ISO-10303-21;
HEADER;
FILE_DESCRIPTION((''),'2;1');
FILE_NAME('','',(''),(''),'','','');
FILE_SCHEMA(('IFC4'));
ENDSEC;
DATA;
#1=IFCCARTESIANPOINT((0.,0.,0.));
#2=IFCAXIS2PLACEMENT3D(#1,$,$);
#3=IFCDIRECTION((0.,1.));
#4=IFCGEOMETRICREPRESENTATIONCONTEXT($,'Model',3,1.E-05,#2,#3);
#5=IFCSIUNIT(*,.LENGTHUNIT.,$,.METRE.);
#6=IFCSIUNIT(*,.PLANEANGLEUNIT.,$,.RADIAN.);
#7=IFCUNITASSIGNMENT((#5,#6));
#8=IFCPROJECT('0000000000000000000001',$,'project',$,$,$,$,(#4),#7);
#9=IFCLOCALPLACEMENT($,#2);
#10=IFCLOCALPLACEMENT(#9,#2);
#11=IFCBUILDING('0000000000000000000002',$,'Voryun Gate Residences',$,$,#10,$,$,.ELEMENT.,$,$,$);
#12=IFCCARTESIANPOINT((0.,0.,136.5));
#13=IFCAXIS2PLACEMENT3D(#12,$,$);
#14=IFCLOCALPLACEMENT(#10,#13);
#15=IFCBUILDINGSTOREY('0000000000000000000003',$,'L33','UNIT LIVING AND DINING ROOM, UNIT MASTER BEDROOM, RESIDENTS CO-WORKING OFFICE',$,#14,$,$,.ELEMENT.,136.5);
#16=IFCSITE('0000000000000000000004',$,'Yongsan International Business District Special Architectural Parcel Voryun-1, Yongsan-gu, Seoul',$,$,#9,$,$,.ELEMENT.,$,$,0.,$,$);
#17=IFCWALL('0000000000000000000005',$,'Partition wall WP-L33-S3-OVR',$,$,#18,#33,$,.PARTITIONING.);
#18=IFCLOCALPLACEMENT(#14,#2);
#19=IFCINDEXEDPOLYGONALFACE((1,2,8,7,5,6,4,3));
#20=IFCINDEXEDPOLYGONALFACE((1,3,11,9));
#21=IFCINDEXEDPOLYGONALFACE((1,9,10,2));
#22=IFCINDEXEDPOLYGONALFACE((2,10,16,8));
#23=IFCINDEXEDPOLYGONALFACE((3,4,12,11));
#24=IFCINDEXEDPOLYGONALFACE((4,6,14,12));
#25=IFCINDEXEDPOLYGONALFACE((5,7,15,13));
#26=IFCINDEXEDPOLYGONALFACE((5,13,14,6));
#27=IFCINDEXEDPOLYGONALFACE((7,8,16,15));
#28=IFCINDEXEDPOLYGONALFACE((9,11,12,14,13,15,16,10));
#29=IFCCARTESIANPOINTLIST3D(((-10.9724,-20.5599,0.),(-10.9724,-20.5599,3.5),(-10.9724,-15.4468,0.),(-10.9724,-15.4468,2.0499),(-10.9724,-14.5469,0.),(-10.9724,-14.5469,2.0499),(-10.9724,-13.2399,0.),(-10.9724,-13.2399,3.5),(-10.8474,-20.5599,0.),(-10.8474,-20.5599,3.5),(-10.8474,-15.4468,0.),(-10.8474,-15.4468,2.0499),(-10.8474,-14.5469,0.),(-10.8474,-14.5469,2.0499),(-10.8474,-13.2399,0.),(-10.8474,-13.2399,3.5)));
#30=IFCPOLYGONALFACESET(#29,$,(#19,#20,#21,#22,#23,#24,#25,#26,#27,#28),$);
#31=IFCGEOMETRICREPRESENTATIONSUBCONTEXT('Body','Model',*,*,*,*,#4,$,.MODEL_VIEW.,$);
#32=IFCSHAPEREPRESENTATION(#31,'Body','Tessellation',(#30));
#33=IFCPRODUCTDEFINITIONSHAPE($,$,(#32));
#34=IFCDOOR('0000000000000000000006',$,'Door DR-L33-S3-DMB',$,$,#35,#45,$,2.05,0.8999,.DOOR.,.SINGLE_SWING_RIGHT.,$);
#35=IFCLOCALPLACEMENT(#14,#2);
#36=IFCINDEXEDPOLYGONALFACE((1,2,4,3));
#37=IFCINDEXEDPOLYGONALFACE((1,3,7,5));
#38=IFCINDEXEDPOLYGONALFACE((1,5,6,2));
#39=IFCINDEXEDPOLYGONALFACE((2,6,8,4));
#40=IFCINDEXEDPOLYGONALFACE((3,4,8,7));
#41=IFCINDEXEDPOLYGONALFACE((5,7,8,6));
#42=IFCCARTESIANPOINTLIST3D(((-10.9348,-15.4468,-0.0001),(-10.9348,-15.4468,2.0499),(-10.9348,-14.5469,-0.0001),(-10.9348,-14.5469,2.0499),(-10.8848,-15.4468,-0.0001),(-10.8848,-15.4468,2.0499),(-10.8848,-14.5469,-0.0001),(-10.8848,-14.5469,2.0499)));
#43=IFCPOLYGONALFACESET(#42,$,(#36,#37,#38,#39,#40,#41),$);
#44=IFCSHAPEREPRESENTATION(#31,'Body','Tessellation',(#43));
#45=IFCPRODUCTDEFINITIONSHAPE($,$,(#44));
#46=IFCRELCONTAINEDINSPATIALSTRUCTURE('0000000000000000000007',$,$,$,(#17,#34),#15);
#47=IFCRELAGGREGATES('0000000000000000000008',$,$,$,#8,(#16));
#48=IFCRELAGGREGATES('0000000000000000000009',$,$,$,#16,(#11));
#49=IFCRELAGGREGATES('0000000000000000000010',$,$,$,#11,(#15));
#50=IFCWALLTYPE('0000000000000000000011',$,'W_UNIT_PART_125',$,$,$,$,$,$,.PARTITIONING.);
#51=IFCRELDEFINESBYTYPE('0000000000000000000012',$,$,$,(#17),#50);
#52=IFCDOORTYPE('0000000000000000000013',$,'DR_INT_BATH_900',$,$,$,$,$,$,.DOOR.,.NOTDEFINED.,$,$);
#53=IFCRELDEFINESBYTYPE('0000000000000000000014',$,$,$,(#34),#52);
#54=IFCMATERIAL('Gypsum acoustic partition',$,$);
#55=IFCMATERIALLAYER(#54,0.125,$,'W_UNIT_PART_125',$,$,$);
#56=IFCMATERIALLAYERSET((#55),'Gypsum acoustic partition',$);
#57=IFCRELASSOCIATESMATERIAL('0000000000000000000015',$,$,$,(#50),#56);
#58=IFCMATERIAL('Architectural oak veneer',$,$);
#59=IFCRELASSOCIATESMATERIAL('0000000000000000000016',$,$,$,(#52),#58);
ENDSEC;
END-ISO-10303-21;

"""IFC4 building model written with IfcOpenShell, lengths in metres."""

from ifc_helpers import new_model, si_unit, direction, frame, frame_2d, origin, place, context, subcontext, project, spatial, rectangle, extrude, material, layer, layer_set, type_object, element, fill, save


model = new_model("IFC4")

# Units and contexts
model_context = context("Model", 3, precision=1e-05, world=origin(), true_north=direction((0.0, 1.0)))
body_context = subcontext(model_context, "Body", "Model", "MODEL_VIEW")
ifc_project = project(units=[si_unit("LENGTHUNIT", "METRE"), si_unit("PLANEANGLEUNIT", "RADIAN")], contexts=[model_context])

# Site, building, storey
site_placement = place(None, origin())
site = spatial("IfcSite", under=ifc_project, at=site_placement, Name="Yongsan International Business District Special Architectural Parcel Voryun-1, Yongsan-gu, Seoul", CompositionType="ELEMENT", RefElevation=0.0)
building_placement = place(site_placement, origin())
building = spatial("IfcBuilding", under=site, at=building_placement, Name="Voryun Gate Residences", CompositionType="ELEMENT")
storey_placement = place(building_placement, frame((0.0, 0.0, 136.5)))
storey = spatial("IfcBuildingStorey", under=building, at=storey_placement, Name="L33", Description="UNIT LIVING AND DINING ROOM, UNIT MASTER BEDROOM, RESIDENTS CO-WORKING OFFICE", CompositionType="ELEMENT", Elevation=136.5)

# Wall, opening, door
ifc_material_1 = material(Name="Gypsum acoustic partition")
ifc_layer_1 = layer(ifc_material_1, 0.125, Name="W_UNIT_PART_125")
ifc_layer_set_1 = layer_set([ifc_layer_1], Name="Gypsum acoustic partition")
wall_type_1 = type_object("IfcWallType", Name="W_UNIT_PART_125", PredefinedType="PARTITIONING", material=ifc_layer_set_1)
wall_1_placement = place(storey_placement, frame((-10.9099, -20.5601, 0.0), z_axis=(0.0, 0.0, 1.0), x_axis=(0.0, 1.0, 0.0)))
wall_1 = element("IfcWall", 1, at=wall_1_placement, inside=storey, type_object=wall_type_1, Name="Partition wall WP-L33-S3-OVR", PredefinedType="PARTITIONING", context=body_context, shape_type="SweptSolid", body=[
    extrude(rectangle(XDim=7.3201, YDim=0.125, at=frame_2d((3.6602, 0.0))), origin(), (0.0, 0.0, 1.0), 3.5),
])
opening_placement = place(wall_1_placement, frame((5.1133, 0.0, 0.0)))
opening = element("IfcOpeningElement", 2, at=opening_placement, cuts=wall_1, PredefinedType="OPENING", context=body_context, shape_type="SweptSolid", body=[
    extrude(rectangle(XDim=0.8999, YDim=2.05, at=frame_2d((0.45, 1.0249))), frame((0.0, 0.0725, 0.0), z_axis=(0.0, -1.0, 0.0), x_axis=(1.0, 0.0, 0.0)), (0.0, 0.0, 1.0), 0.145),
])
ifc_material_2 = material(Name="Architectural oak veneer")
door_type = type_object("IfcDoorType", Name="DR_INT_BATH_900", OperationType="NOTDEFINED", PredefinedType="DOOR", material=ifc_material_2)
door_placement = place(opening_placement, origin())
door = element("IfcDoor", 3, at=door_placement, inside=storey, type_object=door_type, Name="Door DR-L33-S3-DMB", OperationType="SINGLE_SWING_RIGHT", OverallHeight=2.05, OverallWidth=0.8999, PredefinedType="DOOR", context=body_context, shape_type="SweptSolid", body=[
    extrude(rectangle(XDim=0.8999, YDim=2.05, at=frame_2d((0.45, 1.0249))), frame((0.0, 0.0249, 0.0), z_axis=(0.0, -1.0, 0.0), x_axis=(1.0, 0.0, 0.0)), (0.0, 0.0, 1.0), 0.05),
])
fill(opening, door)

save(model, "model.ifc")
